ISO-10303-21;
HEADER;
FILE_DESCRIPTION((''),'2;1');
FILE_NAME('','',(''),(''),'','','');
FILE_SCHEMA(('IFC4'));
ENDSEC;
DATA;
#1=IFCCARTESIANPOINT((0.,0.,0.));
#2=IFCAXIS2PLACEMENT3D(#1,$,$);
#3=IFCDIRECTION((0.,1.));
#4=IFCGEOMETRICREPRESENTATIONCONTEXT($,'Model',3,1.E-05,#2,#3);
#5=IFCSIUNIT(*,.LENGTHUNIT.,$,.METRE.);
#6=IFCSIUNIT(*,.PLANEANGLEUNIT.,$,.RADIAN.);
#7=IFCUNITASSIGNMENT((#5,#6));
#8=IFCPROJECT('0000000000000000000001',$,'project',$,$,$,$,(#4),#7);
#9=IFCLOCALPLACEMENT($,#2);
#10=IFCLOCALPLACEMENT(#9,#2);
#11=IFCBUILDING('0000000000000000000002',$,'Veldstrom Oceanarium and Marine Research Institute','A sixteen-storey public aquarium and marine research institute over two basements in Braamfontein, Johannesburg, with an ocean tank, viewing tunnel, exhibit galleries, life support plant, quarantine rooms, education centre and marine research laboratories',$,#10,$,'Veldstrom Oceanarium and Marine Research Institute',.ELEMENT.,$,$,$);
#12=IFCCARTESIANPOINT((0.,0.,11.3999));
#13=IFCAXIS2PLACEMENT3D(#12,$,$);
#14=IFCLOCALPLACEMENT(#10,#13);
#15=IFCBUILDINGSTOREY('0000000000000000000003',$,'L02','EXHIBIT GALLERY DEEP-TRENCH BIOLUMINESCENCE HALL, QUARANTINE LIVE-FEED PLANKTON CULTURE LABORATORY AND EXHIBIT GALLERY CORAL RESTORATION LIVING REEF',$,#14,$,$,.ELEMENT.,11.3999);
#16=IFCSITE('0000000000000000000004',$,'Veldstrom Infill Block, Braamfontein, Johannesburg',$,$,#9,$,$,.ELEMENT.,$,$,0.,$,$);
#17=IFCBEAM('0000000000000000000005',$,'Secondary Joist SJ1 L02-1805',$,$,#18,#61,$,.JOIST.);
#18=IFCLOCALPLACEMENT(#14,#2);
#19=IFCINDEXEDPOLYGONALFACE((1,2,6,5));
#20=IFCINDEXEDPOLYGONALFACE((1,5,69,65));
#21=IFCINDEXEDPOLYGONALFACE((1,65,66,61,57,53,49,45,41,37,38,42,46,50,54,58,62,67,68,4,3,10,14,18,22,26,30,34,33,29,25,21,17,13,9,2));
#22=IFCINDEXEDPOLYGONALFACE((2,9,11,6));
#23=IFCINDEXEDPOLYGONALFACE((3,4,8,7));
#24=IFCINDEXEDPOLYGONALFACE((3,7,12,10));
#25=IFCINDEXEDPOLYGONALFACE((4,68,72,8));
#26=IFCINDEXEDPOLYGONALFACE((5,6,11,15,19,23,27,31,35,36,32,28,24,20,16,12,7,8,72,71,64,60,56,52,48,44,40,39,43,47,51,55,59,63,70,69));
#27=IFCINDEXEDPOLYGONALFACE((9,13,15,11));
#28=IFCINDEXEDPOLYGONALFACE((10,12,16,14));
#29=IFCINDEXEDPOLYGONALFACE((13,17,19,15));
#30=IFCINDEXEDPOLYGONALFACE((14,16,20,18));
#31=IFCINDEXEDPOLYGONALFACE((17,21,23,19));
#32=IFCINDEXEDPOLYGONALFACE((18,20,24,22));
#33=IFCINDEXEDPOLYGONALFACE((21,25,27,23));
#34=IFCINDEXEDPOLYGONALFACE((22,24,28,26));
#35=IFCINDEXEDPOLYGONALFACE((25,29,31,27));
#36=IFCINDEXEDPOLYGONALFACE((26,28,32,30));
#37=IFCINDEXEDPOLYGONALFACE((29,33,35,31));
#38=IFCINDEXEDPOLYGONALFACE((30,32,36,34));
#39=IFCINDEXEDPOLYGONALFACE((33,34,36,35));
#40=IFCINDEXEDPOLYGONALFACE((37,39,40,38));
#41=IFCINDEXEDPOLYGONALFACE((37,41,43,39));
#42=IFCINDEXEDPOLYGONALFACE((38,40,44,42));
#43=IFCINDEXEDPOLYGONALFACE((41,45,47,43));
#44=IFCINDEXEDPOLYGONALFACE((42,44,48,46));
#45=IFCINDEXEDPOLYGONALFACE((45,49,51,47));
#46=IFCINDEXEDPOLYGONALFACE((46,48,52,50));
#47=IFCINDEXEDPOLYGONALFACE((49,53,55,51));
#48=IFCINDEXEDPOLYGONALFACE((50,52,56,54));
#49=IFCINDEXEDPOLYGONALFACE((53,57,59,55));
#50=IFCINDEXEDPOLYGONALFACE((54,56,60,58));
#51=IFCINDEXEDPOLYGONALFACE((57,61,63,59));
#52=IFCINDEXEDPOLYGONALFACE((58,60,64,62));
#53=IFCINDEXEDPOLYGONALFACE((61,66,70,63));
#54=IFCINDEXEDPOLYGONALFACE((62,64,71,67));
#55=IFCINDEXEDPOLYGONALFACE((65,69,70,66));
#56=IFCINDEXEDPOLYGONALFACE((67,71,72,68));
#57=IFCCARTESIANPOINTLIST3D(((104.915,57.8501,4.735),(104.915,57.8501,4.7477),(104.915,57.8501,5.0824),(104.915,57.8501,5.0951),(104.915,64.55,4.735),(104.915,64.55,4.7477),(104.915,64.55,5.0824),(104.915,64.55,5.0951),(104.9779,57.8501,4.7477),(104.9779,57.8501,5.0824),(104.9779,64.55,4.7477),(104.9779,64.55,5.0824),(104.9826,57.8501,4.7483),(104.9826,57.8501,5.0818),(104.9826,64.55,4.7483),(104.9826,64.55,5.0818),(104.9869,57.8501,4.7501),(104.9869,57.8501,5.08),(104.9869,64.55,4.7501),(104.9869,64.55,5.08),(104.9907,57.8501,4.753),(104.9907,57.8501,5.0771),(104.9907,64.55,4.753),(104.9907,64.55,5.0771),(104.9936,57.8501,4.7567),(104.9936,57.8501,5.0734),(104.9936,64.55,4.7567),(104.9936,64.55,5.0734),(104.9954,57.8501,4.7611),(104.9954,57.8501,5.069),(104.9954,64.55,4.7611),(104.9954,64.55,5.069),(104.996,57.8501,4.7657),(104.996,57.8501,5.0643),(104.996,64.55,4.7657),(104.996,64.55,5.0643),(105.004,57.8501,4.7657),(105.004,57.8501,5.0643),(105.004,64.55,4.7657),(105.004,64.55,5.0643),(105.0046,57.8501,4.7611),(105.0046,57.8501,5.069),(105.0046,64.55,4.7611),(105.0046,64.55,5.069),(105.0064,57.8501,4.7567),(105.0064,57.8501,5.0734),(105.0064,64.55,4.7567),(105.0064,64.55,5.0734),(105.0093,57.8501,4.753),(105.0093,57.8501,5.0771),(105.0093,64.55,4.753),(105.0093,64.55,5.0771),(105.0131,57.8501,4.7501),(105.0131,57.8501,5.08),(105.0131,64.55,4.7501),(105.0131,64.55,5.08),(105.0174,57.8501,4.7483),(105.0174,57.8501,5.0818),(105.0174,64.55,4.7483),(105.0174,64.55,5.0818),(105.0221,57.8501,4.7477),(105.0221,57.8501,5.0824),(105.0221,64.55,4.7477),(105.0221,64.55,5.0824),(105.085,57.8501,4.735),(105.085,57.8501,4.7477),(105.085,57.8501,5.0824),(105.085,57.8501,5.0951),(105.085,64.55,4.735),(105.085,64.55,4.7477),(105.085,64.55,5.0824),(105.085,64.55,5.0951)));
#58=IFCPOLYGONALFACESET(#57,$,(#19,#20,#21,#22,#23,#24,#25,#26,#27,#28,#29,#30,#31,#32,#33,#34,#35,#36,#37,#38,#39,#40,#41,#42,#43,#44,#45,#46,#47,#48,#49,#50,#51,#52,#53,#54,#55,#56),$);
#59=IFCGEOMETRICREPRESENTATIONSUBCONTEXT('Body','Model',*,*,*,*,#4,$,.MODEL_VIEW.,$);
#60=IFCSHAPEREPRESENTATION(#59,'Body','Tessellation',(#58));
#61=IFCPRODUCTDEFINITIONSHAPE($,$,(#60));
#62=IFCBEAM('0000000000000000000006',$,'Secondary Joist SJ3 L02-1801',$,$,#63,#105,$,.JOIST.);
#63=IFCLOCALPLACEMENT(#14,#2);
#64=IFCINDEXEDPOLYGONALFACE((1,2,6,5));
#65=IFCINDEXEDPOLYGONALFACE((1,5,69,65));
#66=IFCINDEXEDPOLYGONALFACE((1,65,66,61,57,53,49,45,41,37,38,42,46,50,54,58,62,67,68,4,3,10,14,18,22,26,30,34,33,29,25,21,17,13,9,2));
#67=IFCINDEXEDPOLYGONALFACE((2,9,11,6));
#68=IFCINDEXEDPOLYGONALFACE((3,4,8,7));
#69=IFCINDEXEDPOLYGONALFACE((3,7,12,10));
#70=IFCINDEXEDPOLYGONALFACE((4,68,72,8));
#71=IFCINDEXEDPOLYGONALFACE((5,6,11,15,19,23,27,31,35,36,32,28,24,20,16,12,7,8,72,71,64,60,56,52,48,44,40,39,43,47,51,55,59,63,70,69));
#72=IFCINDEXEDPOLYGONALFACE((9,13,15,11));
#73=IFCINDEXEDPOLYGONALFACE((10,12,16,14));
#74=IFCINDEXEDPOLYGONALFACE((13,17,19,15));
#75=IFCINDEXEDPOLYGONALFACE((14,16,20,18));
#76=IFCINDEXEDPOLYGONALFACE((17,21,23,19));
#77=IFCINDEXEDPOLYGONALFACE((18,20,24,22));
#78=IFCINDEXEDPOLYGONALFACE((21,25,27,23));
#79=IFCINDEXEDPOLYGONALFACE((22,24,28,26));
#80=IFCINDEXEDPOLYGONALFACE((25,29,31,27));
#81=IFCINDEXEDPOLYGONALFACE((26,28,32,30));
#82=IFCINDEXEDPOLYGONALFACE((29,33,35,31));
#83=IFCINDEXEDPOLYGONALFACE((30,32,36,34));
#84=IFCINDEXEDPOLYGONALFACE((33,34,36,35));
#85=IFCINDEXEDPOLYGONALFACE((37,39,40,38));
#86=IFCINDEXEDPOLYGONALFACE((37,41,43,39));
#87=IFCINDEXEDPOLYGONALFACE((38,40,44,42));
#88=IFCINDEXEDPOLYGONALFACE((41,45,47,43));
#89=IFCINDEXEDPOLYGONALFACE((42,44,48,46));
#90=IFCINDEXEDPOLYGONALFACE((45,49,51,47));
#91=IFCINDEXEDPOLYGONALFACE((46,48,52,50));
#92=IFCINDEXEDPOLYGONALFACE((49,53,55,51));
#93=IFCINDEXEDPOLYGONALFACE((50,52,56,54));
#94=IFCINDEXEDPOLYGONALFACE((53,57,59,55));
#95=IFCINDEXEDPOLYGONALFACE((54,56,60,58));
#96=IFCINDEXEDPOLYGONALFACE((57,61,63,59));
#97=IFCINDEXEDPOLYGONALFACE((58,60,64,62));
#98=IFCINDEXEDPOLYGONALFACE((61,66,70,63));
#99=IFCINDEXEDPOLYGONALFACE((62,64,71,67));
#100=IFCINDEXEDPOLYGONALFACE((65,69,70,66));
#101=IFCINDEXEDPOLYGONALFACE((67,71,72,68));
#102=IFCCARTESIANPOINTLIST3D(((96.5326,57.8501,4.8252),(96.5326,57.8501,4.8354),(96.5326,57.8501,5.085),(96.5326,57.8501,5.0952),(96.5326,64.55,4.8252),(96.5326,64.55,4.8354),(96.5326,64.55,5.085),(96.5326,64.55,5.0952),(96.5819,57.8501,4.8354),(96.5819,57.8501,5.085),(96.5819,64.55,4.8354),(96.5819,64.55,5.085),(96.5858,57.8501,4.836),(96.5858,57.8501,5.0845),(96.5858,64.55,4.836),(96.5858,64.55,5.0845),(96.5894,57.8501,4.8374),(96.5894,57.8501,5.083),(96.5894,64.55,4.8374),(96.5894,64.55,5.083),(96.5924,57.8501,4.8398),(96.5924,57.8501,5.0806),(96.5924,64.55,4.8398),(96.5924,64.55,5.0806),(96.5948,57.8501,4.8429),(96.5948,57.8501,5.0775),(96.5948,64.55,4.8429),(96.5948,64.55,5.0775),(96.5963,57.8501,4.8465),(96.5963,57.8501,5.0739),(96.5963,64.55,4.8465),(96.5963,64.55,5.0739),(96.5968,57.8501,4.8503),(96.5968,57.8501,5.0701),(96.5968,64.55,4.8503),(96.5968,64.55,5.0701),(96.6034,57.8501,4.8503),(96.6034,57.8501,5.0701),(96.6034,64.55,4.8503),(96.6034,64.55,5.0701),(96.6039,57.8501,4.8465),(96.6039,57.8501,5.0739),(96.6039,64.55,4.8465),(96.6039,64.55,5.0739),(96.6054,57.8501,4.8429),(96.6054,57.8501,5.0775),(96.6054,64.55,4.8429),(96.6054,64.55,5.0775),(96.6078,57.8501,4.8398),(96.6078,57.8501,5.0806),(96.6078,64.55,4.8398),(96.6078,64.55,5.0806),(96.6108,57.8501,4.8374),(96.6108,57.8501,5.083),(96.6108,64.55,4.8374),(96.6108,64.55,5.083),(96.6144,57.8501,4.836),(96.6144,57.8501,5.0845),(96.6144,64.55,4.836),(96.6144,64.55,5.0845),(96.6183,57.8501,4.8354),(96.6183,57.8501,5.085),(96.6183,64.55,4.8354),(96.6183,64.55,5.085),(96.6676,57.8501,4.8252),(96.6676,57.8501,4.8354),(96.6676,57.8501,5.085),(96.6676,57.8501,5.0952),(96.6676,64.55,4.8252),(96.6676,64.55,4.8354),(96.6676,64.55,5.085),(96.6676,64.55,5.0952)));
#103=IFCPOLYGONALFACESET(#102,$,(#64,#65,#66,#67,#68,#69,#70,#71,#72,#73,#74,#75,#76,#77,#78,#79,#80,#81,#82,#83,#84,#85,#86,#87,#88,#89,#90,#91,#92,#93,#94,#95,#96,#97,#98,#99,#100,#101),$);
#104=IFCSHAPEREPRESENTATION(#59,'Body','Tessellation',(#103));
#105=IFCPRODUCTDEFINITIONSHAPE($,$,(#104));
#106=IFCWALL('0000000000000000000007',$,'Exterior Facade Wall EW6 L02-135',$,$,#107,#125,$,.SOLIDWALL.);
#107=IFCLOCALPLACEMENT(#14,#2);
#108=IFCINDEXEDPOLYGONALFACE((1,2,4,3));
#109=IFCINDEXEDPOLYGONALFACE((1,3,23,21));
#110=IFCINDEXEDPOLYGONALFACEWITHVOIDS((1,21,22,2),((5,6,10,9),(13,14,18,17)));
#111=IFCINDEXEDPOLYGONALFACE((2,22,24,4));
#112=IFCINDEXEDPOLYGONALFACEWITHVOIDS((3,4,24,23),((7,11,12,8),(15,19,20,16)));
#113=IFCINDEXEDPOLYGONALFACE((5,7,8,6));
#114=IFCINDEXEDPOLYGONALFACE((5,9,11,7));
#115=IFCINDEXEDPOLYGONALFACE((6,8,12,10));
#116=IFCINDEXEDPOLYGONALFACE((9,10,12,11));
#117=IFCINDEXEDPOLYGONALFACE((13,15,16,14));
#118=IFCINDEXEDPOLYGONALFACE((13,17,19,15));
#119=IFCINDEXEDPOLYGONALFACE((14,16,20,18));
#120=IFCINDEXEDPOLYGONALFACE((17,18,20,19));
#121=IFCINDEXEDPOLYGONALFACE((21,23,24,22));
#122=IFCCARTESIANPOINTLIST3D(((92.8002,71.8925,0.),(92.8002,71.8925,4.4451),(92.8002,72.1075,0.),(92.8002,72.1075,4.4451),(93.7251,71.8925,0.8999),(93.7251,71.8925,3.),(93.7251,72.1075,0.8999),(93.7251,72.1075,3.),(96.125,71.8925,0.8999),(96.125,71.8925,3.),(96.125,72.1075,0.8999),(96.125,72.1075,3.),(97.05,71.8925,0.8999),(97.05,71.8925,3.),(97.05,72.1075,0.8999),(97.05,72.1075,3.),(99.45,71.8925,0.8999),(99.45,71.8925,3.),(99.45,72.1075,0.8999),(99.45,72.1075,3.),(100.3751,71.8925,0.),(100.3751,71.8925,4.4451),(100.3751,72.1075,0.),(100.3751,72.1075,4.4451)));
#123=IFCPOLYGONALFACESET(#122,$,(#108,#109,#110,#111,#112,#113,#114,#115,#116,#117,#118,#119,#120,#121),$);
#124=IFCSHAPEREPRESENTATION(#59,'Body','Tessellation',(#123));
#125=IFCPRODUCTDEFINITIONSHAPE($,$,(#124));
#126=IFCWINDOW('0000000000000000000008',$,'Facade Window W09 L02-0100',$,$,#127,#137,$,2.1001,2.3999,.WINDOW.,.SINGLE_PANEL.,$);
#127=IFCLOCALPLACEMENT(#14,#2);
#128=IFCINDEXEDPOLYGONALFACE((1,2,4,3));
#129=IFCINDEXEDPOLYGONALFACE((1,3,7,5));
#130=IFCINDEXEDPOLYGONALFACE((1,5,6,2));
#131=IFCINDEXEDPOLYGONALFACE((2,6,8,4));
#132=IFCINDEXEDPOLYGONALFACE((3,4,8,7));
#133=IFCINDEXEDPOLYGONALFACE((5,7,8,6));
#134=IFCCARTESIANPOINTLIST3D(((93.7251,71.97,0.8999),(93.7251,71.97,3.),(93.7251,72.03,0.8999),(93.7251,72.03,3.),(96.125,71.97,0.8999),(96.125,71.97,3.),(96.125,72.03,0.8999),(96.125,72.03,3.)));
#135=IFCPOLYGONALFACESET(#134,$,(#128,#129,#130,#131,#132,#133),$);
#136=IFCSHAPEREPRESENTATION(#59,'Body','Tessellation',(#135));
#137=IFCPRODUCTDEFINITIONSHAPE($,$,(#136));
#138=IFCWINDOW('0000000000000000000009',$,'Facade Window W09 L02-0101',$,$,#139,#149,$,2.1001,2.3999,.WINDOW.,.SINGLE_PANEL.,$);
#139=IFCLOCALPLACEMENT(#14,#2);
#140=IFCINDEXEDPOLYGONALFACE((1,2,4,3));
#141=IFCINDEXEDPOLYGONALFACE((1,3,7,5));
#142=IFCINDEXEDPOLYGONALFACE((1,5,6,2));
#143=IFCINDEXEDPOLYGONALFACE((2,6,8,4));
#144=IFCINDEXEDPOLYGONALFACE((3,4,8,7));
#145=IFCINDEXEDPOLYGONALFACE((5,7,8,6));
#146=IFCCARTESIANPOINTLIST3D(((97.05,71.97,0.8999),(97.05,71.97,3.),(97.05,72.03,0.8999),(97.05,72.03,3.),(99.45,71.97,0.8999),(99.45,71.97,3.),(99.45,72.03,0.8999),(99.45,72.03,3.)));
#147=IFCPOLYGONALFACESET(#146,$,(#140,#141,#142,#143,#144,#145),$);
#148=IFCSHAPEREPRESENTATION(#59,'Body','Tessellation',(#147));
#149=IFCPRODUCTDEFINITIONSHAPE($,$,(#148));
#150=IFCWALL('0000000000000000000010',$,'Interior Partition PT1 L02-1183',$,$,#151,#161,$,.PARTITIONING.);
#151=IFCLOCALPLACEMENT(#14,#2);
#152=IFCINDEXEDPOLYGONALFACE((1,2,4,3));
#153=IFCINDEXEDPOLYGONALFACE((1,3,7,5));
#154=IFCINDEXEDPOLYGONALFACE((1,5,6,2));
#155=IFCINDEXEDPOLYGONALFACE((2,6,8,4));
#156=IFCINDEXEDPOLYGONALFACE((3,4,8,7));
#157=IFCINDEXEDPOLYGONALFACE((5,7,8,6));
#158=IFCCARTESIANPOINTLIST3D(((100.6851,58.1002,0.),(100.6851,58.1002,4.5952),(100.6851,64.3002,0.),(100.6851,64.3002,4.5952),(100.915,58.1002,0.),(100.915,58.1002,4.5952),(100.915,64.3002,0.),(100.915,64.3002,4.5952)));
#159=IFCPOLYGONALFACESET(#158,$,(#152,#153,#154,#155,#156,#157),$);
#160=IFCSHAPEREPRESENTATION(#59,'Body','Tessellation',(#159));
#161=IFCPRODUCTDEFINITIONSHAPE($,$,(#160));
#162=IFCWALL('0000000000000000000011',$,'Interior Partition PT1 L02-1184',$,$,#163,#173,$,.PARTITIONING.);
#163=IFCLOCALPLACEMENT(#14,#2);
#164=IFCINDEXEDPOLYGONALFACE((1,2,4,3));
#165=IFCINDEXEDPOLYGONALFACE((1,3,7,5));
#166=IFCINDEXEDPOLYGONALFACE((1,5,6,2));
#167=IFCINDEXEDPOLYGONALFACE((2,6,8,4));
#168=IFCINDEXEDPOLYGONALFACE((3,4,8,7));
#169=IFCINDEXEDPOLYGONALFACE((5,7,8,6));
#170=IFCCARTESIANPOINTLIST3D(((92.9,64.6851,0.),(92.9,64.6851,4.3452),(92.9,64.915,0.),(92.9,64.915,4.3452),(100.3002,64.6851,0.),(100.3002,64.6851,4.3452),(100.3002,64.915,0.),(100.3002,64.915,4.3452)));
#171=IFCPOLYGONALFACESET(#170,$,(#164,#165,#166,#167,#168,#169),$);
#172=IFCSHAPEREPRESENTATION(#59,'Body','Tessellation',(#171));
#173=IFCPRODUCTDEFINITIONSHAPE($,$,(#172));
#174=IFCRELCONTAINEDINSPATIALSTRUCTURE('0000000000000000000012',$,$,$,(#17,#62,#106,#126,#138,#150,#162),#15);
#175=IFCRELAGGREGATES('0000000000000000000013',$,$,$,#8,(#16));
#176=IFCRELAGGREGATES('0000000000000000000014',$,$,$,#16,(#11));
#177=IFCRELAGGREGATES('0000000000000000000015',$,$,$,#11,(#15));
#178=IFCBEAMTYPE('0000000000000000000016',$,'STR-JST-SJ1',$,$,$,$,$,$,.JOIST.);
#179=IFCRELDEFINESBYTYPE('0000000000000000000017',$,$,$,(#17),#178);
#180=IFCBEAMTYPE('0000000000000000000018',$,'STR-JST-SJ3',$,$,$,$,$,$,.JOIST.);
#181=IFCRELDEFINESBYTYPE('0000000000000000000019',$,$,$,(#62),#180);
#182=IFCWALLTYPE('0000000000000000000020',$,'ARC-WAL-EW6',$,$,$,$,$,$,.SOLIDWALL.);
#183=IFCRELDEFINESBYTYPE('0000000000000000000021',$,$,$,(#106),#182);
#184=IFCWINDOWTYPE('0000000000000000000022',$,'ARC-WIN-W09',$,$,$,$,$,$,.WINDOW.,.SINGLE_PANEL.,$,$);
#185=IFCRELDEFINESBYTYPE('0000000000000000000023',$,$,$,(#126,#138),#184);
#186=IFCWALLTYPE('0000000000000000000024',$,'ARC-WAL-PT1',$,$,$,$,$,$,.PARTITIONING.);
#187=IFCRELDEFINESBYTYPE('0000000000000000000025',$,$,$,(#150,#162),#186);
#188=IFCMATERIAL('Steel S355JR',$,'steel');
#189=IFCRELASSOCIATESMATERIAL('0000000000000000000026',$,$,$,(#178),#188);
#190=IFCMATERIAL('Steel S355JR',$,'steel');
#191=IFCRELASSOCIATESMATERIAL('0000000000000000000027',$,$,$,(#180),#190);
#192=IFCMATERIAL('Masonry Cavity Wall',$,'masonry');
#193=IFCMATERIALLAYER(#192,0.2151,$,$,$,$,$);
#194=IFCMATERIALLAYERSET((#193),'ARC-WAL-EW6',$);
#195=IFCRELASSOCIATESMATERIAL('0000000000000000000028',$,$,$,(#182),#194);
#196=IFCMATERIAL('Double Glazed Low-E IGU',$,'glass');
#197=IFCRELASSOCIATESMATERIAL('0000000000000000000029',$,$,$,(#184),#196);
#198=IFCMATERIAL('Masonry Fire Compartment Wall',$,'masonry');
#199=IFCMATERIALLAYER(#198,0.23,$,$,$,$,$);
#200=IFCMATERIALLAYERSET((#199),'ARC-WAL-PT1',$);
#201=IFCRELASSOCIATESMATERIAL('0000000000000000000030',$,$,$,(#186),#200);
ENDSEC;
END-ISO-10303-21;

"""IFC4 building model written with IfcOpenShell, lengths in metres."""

from ifc_helpers import new_model, si_unit, direction, frame, frame_2d, origin, origin_2d, place, context, subcontext, project, spatial, rectangle, i_section, extrude, material, layer, layer_set, material_profile, profile_set, type_object, element, fill, save


model = new_model("IFC4")

# Units and contexts
model_context = context("Model", 3, precision=1e-05, world=origin(), true_north=direction((0.0, 1.0)))
body_context = subcontext(model_context, "Body", "Model", "MODEL_VIEW")
ifc_project = project(units=[si_unit("LENGTHUNIT", "METRE"), si_unit("PLANEANGLEUNIT", "RADIAN")], contexts=[model_context])

# Site, building, storey
site_placement = place(None, origin())
site = spatial("IfcSite", under=ifc_project, at=site_placement, Name="Veldstrom Infill Block, Braamfontein, Johannesburg", CompositionType="ELEMENT", RefElevation=0.0)
building_placement = place(site_placement, origin())
building = spatial("IfcBuilding", under=site, at=building_placement, Name="Veldstrom Oceanarium and Marine Research Institute", Description="A sixteen-storey public aquarium and marine research institute over two basements in Braamfontein, Johannesburg, with an ocean tank, viewing tunnel, exhibit galleries, life support plant, quarantine rooms, education centre and marine research laboratories", LongName="Veldstrom Oceanarium and Marine Research Institute", CompositionType="ELEMENT")
storey_placement = place(building_placement, frame((0.0, 0.0, 11.3999)))
storey = spatial("IfcBuildingStorey", under=building, at=storey_placement, Name="L02", Description="EXHIBIT GALLERY DEEP-TRENCH BIOLUMINESCENCE HALL, QUARANTINE LIVE-FEED PLANKTON CULTURE LABORATORY AND EXHIBIT GALLERY CORAL RESTORATION LIVING REEF", CompositionType="ELEMENT", Elevation=11.3999)

# Beams
ifc_material_1 = material(Name="Steel S355JR", Category="steel")
ifc_material_profile_1 = material_profile(ifc_material_1, i_section(OverallWidth=0.1699, OverallDepth=0.3601, WebThickness=0.0081, FlangeThickness=0.0127, FilletRadius=0.0181, at=origin_2d()), Name="IPE 360")
ifc_profile_set_1 = profile_set([ifc_material_profile_1], Name="Steel S355JR")
beam_type_1 = type_object("IfcBeamType", Name="STR-JST-SJ1", PredefinedType="JOIST", material=ifc_profile_set_1)
beam_1_placement = place(storey_placement, frame((105.0, 57.8501, 4.915), z_axis=(0.0, 1.0, 0.0), x_axis=(-1.0, 0.0, 0.0)))
element("IfcBeam", 1, at=beam_1_placement, inside=storey, type_object=beam_type_1, Name="Secondary Joist SJ1 L02-1805", PredefinedType="JOIST", context=body_context, shape_type="SweptSolid", body=[
    extrude(i_section(OverallWidth=0.1699, OverallDepth=0.3601, WebThickness=0.0081, FlangeThickness=0.0127, FilletRadius=0.0181, at=origin_2d()), origin(), (0.0, 0.0, 1.0), 6.7),
])
ifc_material_2 = material(Name="Steel S355JR", Category="steel")
ifc_material_profile_2 = material_profile(ifc_material_2, i_section(OverallWidth=0.135, OverallDepth=0.27, WebThickness=0.0066, FlangeThickness=0.0103, FilletRadius=0.0149, at=origin_2d()), Name="IPE 270")
ifc_profile_set_2 = profile_set([ifc_material_profile_2], Name="Steel S355JR")
beam_type_2 = type_object("IfcBeamType", Name="STR-JST-SJ3", PredefinedType="JOIST", material=ifc_profile_set_2)
beam_2_placement = place(storey_placement, frame((96.6001, 57.8501, 4.9602), z_axis=(0.0, 1.0, 0.0), x_axis=(-1.0, 0.0, 0.0)))
element("IfcBeam", 2, at=beam_2_placement, inside=storey, type_object=beam_type_2, Name="Secondary Joist SJ3 L02-1801", PredefinedType="JOIST", context=body_context, shape_type="SweptSolid", body=[
    extrude(i_section(OverallWidth=0.135, OverallDepth=0.27, WebThickness=0.0066, FlangeThickness=0.0103, FilletRadius=0.0149, at=origin_2d()), origin(), (0.0, 0.0, 1.0), 6.7),
])

# Wall, openings, windows
ifc_material_3 = material(Name="Masonry Cavity Wall", Category="masonry")
ifc_layer_1 = layer(ifc_material_3, 0.2151)
ifc_layer_set_1 = layer_set([ifc_layer_1], Name="ARC-WAL-EW6")
wall_type_1 = type_object("IfcWallType", Name="ARC-WAL-EW6", PredefinedType="SOLIDWALL", material=ifc_layer_set_1)
wall_1_placement = place(storey_placement, frame((92.8, 72.0, 0.0), z_axis=(0.0, 0.0, 1.0), x_axis=(1.0, 0.0, 0.0)))
wall_1 = element("IfcWall", 3, at=wall_1_placement, inside=storey, type_object=wall_type_1, Name="Exterior Facade Wall EW6 L02-135", PredefinedType="SOLIDWALL", context=body_context, shape_type="SweptSolid", body=[
    extrude(rectangle(XDim=7.575, YDim=0.2151, at=frame_2d((3.7876, 0.0))), origin(), (0.0, 0.0, 1.0), 4.4451),
])
opening_1_placement = place(wall_1_placement, frame((0.925, 0.0, 0.8999)))
opening_1 = element("IfcOpeningElement", 4, at=opening_1_placement, cuts=wall_1, PredefinedType="OPENING", context=body_context, shape_type="SweptSolid", body=[
    extrude(rectangle(XDim=2.3999, YDim=2.1001, at=frame_2d((1.2, 1.05))), frame((0.0, 0.1174, 0.0), z_axis=(0.0, -1.0, 0.0), x_axis=(1.0, 0.0, 0.0)), (0.0, 0.0, 1.0), 0.2351),
])
opening_2_placement = place(wall_1_placement, frame((4.25, 0.0, 0.8999)))
opening_2 = element("IfcOpeningElement", 5, at=opening_2_placement, cuts=wall_1, PredefinedType="OPENING", context=body_context, shape_type="SweptSolid", body=[
    extrude(rectangle(XDim=2.3999, YDim=2.1001, at=frame_2d((1.2, 1.05))), frame((0.0, 0.1174, 0.0), z_axis=(0.0, -1.0, 0.0), x_axis=(1.0, 0.0, 0.0)), (0.0, 0.0, 1.0), 0.2351),
])
ifc_material_4 = material(Name="Double Glazed Low-E IGU", Category="glass")
window_type = type_object("IfcWindowType", Name="ARC-WIN-W09", PartitioningType="SINGLE_PANEL", PredefinedType="WINDOW", material=ifc_material_4)
window_1_placement = place(opening_1_placement, origin())
window_1 = element("IfcWindow", 6, at=window_1_placement, inside=storey, type_object=window_type, Name="Facade Window W09 L02-0100", OverallHeight=2.1001, OverallWidth=2.3999, PartitioningType="SINGLE_PANEL", PredefinedType="WINDOW", context=body_context, shape_type="SweptSolid", body=[
    extrude(rectangle(XDim=2.3999, YDim=2.1001, at=frame_2d((1.2, 1.05))), frame((0.0, 0.03, 0.0), z_axis=(0.0, -1.0, 0.0), x_axis=(1.0, 0.0, 0.0)), (0.0, 0.0, 1.0), 0.0601),
])
fill(opening_1, window_1)
window_2_placement = place(opening_2_placement, origin())
window_2 = element("IfcWindow", 7, at=window_2_placement, inside=storey, type_object=window_type, Name="Facade Window W09 L02-0101", OverallHeight=2.1001, OverallWidth=2.3999, PartitioningType="SINGLE_PANEL", PredefinedType="WINDOW", context=body_context, shape_type="SweptSolid", body=[
    extrude(rectangle(XDim=2.3999, YDim=2.1001, at=frame_2d((1.2, 1.05))), frame((0.0, 0.03, 0.0), z_axis=(0.0, -1.0, 0.0), x_axis=(1.0, 0.0, 0.0)), (0.0, 0.0, 1.0), 0.0601),
])
fill(opening_2, window_2)

# Walls
ifc_material_5 = material(Name="Masonry Fire Compartment Wall", Category="masonry")
ifc_layer_2 = layer(ifc_material_5, 0.23)
ifc_layer_set_2 = layer_set([ifc_layer_2], Name="ARC-WAL-PT1")
wall_type_2 = type_object("IfcWallType", Name="ARC-WAL-PT1", PredefinedType="PARTITIONING", material=ifc_layer_set_2)
wall_2_placement = place(storey_placement, frame((100.8, 58.1001, 0.0), z_axis=(0.0, 0.0, 1.0), x_axis=(0.0, 1.0, 0.0)))
element("IfcWall", 8, at=wall_2_placement, inside=storey, type_object=wall_type_2, Name="Interior Partition PT1 L02-1183", PredefinedType="PARTITIONING", context=body_context, shape_type="SweptSolid", body=[
    extrude(rectangle(XDim=6.2, YDim=0.23, at=frame_2d((3.1001, 0.0))), origin(), (0.0, 0.0, 1.0), 4.5952),
])
wall_3_placement = place(storey_placement, frame((92.8999, 64.8, 0.0), z_axis=(0.0, 0.0, 1.0), x_axis=(1.0, 0.0, 0.0)))
element("IfcWall", 9, at=wall_3_placement, inside=storey, type_object=wall_type_2, Name="Interior Partition PT1 L02-1184", PredefinedType="PARTITIONING", context=body_context, shape_type="SweptSolid", body=[
    extrude(rectangle(XDim=7.4001, YDim=0.23, at=frame_2d((3.7002, 0.0))), origin(), (0.0, 0.0, 1.0), 4.3452),
])

save(model, "model.ifc")
